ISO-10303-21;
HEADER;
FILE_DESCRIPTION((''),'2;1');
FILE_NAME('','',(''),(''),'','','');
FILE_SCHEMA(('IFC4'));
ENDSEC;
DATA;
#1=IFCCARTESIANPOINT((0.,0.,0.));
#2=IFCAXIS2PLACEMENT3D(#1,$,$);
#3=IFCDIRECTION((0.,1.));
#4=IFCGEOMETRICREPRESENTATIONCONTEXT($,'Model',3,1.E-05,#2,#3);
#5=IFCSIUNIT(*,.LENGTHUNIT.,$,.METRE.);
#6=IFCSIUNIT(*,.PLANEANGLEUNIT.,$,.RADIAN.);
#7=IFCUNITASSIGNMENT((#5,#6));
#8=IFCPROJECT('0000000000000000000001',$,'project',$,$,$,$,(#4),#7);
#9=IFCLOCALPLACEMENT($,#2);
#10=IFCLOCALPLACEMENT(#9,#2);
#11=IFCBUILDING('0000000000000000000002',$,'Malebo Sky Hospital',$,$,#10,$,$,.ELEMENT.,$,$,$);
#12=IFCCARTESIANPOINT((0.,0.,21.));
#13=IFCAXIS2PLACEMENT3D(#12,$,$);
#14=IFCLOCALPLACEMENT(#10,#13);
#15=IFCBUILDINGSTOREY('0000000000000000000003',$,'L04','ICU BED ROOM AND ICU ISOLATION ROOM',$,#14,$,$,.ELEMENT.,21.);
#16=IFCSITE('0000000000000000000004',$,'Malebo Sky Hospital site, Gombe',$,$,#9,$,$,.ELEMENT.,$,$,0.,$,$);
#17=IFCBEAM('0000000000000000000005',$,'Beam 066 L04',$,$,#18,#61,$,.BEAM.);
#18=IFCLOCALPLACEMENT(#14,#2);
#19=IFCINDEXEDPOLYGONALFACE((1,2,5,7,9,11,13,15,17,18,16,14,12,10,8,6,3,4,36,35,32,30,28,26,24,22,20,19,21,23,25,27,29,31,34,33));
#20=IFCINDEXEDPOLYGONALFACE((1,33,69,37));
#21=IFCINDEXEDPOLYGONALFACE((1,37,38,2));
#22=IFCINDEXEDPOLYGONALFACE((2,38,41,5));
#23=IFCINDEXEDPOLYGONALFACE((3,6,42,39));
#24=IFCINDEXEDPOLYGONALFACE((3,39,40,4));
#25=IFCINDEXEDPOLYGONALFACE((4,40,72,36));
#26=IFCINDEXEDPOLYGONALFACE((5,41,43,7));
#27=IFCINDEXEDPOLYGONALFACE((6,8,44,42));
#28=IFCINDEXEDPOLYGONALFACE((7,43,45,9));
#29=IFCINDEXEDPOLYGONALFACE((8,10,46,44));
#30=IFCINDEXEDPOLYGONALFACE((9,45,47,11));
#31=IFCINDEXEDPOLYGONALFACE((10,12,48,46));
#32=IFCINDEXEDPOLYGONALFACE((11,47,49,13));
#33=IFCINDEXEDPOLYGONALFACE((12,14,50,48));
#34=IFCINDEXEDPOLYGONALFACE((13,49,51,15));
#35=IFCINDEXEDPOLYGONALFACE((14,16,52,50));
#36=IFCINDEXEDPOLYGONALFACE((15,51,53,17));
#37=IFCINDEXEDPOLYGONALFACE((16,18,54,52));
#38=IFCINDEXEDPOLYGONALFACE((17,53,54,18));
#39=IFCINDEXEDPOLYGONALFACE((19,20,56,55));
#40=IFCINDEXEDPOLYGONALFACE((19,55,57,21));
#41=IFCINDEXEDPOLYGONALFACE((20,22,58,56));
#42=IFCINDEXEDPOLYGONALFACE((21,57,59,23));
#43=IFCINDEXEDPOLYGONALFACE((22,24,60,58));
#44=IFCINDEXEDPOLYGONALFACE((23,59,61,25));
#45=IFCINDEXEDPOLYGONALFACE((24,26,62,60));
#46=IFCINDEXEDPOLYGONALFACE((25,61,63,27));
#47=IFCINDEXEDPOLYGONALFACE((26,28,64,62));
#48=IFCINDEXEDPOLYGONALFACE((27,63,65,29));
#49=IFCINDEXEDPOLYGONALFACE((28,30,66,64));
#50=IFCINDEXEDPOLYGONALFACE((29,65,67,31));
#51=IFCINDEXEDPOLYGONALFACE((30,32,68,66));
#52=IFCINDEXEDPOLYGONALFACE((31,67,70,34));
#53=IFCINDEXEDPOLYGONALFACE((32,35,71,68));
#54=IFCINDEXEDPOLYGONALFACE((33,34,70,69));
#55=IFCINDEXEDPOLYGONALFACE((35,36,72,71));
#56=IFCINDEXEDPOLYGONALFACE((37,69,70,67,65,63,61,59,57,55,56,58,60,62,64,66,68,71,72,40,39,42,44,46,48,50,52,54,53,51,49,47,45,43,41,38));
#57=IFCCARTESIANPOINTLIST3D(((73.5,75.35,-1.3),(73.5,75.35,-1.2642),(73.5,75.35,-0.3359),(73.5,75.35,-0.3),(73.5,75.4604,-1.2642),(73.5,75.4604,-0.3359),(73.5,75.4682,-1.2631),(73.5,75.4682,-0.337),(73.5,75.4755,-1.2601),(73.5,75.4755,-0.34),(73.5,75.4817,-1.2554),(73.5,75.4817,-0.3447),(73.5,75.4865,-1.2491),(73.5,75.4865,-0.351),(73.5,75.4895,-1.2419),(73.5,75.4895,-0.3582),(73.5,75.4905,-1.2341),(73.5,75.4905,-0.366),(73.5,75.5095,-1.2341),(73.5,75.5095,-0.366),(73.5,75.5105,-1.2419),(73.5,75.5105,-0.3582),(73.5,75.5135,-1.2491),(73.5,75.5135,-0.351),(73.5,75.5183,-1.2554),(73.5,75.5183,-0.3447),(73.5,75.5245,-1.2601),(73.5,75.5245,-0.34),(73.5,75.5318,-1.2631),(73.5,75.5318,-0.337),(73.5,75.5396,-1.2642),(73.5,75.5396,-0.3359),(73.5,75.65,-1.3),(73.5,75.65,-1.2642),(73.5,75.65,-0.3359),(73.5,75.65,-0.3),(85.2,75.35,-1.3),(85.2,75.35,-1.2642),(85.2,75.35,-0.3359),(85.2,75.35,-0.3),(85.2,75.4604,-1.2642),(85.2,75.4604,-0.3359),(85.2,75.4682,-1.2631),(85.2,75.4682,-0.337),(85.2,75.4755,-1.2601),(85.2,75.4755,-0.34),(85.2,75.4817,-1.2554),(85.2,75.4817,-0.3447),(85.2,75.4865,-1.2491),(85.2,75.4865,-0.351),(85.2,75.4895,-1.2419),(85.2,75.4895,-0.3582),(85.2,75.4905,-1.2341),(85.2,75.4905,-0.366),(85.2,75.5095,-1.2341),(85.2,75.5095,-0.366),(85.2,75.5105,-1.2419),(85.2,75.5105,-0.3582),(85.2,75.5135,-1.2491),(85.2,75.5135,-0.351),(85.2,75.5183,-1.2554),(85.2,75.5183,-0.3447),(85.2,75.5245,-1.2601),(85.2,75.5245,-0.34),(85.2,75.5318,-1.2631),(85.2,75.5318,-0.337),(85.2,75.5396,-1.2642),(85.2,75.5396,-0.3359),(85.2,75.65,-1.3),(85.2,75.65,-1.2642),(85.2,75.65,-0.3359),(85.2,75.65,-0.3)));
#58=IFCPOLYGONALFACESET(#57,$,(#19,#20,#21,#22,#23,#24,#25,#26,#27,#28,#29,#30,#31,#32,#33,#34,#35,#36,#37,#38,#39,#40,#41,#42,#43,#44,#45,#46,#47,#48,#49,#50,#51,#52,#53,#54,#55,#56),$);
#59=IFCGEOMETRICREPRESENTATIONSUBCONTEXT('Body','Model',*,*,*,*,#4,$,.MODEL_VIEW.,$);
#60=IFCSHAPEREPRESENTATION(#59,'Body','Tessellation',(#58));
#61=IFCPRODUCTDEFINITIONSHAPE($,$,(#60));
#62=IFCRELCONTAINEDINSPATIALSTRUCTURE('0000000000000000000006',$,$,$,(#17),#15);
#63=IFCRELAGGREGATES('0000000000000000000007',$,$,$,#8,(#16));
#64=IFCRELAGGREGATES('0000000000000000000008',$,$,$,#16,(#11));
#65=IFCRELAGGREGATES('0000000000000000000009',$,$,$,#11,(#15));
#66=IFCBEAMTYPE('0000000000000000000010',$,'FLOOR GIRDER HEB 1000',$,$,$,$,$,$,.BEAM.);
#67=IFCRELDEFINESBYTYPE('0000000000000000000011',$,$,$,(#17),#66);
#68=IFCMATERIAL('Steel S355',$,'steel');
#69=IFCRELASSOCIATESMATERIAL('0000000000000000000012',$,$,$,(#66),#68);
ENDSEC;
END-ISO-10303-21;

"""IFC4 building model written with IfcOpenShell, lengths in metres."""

from ifc_helpers import new_model, si_unit, direction, frame, origin, origin_2d, place, context, subcontext, project, spatial, i_section, extrude, material, material_profile, profile_set, type_object, element, save


model = new_model("IFC4")

# Units and contexts
model_context = context("Model", 3, precision=1e-05, world=origin(), true_north=direction((0.0, 1.0)))
body_context = subcontext(model_context, "Body", "Model", "MODEL_VIEW")
ifc_project = project(units=[si_unit("LENGTHUNIT", "METRE"), si_unit("PLANEANGLEUNIT", "RADIAN")], contexts=[model_context])

# Site, building, storey
site_placement = place(None, origin())
site = spatial("IfcSite", under=ifc_project, at=site_placement, Name="Malebo Sky Hospital site, Gombe", CompositionType="ELEMENT", RefElevation=0.0)
building_placement = place(site_placement, origin())
building = spatial("IfcBuilding", under=site, at=building_placement, Name="Malebo Sky Hospital", CompositionType="ELEMENT")
storey_placement = place(building_placement, frame((0.0, 0.0, 21.0)))
storey = spatial("IfcBuildingStorey", under=building, at=storey_placement, Name="L04", Description="ICU BED ROOM AND ICU ISOLATION ROOM", CompositionType="ELEMENT", Elevation=21.0)

# Beam
ifc_material_1 = material(Name="Steel S355", Category="steel")
ifc_material_profile_1 = material_profile(ifc_material_1, i_section(OverallWidth=0.3, OverallDepth=1.0, WebThickness=0.019, FlangeThickness=0.0359, FilletRadius=0.03, at=origin_2d()), Name="HEB 1000")
ifc_profile_set_1 = profile_set([ifc_material_profile_1], Name="Steel S355")
beam_type_1 = type_object("IfcBeamType", Name="FLOOR GIRDER HEB 1000", PredefinedType="BEAM", material=ifc_profile_set_1)
for number, where, z_axis, x_axis, name in (
    (1, (73.5, 75.5, -0.8), (1.0, 0.0, 0.0), (0.0, 1.0, 0.0), "Beam 066 L04"),
):
    element("IfcBeam", number, at=place(storey_placement, frame(where, z_axis=z_axis, x_axis=x_axis)), inside=storey, type_object=beam_type_1, Name=name, PredefinedType="BEAM", context=body_context, shape_type="SweptSolid", body=[
        extrude(i_section(OverallWidth=0.3, OverallDepth=1.0, WebThickness=0.019, FlangeThickness=0.0359, FilletRadius=0.03, at=origin_2d()), origin(), (0.0, 0.0, 1.0), 11.7),
    ])

save(model, "model.ifc")
